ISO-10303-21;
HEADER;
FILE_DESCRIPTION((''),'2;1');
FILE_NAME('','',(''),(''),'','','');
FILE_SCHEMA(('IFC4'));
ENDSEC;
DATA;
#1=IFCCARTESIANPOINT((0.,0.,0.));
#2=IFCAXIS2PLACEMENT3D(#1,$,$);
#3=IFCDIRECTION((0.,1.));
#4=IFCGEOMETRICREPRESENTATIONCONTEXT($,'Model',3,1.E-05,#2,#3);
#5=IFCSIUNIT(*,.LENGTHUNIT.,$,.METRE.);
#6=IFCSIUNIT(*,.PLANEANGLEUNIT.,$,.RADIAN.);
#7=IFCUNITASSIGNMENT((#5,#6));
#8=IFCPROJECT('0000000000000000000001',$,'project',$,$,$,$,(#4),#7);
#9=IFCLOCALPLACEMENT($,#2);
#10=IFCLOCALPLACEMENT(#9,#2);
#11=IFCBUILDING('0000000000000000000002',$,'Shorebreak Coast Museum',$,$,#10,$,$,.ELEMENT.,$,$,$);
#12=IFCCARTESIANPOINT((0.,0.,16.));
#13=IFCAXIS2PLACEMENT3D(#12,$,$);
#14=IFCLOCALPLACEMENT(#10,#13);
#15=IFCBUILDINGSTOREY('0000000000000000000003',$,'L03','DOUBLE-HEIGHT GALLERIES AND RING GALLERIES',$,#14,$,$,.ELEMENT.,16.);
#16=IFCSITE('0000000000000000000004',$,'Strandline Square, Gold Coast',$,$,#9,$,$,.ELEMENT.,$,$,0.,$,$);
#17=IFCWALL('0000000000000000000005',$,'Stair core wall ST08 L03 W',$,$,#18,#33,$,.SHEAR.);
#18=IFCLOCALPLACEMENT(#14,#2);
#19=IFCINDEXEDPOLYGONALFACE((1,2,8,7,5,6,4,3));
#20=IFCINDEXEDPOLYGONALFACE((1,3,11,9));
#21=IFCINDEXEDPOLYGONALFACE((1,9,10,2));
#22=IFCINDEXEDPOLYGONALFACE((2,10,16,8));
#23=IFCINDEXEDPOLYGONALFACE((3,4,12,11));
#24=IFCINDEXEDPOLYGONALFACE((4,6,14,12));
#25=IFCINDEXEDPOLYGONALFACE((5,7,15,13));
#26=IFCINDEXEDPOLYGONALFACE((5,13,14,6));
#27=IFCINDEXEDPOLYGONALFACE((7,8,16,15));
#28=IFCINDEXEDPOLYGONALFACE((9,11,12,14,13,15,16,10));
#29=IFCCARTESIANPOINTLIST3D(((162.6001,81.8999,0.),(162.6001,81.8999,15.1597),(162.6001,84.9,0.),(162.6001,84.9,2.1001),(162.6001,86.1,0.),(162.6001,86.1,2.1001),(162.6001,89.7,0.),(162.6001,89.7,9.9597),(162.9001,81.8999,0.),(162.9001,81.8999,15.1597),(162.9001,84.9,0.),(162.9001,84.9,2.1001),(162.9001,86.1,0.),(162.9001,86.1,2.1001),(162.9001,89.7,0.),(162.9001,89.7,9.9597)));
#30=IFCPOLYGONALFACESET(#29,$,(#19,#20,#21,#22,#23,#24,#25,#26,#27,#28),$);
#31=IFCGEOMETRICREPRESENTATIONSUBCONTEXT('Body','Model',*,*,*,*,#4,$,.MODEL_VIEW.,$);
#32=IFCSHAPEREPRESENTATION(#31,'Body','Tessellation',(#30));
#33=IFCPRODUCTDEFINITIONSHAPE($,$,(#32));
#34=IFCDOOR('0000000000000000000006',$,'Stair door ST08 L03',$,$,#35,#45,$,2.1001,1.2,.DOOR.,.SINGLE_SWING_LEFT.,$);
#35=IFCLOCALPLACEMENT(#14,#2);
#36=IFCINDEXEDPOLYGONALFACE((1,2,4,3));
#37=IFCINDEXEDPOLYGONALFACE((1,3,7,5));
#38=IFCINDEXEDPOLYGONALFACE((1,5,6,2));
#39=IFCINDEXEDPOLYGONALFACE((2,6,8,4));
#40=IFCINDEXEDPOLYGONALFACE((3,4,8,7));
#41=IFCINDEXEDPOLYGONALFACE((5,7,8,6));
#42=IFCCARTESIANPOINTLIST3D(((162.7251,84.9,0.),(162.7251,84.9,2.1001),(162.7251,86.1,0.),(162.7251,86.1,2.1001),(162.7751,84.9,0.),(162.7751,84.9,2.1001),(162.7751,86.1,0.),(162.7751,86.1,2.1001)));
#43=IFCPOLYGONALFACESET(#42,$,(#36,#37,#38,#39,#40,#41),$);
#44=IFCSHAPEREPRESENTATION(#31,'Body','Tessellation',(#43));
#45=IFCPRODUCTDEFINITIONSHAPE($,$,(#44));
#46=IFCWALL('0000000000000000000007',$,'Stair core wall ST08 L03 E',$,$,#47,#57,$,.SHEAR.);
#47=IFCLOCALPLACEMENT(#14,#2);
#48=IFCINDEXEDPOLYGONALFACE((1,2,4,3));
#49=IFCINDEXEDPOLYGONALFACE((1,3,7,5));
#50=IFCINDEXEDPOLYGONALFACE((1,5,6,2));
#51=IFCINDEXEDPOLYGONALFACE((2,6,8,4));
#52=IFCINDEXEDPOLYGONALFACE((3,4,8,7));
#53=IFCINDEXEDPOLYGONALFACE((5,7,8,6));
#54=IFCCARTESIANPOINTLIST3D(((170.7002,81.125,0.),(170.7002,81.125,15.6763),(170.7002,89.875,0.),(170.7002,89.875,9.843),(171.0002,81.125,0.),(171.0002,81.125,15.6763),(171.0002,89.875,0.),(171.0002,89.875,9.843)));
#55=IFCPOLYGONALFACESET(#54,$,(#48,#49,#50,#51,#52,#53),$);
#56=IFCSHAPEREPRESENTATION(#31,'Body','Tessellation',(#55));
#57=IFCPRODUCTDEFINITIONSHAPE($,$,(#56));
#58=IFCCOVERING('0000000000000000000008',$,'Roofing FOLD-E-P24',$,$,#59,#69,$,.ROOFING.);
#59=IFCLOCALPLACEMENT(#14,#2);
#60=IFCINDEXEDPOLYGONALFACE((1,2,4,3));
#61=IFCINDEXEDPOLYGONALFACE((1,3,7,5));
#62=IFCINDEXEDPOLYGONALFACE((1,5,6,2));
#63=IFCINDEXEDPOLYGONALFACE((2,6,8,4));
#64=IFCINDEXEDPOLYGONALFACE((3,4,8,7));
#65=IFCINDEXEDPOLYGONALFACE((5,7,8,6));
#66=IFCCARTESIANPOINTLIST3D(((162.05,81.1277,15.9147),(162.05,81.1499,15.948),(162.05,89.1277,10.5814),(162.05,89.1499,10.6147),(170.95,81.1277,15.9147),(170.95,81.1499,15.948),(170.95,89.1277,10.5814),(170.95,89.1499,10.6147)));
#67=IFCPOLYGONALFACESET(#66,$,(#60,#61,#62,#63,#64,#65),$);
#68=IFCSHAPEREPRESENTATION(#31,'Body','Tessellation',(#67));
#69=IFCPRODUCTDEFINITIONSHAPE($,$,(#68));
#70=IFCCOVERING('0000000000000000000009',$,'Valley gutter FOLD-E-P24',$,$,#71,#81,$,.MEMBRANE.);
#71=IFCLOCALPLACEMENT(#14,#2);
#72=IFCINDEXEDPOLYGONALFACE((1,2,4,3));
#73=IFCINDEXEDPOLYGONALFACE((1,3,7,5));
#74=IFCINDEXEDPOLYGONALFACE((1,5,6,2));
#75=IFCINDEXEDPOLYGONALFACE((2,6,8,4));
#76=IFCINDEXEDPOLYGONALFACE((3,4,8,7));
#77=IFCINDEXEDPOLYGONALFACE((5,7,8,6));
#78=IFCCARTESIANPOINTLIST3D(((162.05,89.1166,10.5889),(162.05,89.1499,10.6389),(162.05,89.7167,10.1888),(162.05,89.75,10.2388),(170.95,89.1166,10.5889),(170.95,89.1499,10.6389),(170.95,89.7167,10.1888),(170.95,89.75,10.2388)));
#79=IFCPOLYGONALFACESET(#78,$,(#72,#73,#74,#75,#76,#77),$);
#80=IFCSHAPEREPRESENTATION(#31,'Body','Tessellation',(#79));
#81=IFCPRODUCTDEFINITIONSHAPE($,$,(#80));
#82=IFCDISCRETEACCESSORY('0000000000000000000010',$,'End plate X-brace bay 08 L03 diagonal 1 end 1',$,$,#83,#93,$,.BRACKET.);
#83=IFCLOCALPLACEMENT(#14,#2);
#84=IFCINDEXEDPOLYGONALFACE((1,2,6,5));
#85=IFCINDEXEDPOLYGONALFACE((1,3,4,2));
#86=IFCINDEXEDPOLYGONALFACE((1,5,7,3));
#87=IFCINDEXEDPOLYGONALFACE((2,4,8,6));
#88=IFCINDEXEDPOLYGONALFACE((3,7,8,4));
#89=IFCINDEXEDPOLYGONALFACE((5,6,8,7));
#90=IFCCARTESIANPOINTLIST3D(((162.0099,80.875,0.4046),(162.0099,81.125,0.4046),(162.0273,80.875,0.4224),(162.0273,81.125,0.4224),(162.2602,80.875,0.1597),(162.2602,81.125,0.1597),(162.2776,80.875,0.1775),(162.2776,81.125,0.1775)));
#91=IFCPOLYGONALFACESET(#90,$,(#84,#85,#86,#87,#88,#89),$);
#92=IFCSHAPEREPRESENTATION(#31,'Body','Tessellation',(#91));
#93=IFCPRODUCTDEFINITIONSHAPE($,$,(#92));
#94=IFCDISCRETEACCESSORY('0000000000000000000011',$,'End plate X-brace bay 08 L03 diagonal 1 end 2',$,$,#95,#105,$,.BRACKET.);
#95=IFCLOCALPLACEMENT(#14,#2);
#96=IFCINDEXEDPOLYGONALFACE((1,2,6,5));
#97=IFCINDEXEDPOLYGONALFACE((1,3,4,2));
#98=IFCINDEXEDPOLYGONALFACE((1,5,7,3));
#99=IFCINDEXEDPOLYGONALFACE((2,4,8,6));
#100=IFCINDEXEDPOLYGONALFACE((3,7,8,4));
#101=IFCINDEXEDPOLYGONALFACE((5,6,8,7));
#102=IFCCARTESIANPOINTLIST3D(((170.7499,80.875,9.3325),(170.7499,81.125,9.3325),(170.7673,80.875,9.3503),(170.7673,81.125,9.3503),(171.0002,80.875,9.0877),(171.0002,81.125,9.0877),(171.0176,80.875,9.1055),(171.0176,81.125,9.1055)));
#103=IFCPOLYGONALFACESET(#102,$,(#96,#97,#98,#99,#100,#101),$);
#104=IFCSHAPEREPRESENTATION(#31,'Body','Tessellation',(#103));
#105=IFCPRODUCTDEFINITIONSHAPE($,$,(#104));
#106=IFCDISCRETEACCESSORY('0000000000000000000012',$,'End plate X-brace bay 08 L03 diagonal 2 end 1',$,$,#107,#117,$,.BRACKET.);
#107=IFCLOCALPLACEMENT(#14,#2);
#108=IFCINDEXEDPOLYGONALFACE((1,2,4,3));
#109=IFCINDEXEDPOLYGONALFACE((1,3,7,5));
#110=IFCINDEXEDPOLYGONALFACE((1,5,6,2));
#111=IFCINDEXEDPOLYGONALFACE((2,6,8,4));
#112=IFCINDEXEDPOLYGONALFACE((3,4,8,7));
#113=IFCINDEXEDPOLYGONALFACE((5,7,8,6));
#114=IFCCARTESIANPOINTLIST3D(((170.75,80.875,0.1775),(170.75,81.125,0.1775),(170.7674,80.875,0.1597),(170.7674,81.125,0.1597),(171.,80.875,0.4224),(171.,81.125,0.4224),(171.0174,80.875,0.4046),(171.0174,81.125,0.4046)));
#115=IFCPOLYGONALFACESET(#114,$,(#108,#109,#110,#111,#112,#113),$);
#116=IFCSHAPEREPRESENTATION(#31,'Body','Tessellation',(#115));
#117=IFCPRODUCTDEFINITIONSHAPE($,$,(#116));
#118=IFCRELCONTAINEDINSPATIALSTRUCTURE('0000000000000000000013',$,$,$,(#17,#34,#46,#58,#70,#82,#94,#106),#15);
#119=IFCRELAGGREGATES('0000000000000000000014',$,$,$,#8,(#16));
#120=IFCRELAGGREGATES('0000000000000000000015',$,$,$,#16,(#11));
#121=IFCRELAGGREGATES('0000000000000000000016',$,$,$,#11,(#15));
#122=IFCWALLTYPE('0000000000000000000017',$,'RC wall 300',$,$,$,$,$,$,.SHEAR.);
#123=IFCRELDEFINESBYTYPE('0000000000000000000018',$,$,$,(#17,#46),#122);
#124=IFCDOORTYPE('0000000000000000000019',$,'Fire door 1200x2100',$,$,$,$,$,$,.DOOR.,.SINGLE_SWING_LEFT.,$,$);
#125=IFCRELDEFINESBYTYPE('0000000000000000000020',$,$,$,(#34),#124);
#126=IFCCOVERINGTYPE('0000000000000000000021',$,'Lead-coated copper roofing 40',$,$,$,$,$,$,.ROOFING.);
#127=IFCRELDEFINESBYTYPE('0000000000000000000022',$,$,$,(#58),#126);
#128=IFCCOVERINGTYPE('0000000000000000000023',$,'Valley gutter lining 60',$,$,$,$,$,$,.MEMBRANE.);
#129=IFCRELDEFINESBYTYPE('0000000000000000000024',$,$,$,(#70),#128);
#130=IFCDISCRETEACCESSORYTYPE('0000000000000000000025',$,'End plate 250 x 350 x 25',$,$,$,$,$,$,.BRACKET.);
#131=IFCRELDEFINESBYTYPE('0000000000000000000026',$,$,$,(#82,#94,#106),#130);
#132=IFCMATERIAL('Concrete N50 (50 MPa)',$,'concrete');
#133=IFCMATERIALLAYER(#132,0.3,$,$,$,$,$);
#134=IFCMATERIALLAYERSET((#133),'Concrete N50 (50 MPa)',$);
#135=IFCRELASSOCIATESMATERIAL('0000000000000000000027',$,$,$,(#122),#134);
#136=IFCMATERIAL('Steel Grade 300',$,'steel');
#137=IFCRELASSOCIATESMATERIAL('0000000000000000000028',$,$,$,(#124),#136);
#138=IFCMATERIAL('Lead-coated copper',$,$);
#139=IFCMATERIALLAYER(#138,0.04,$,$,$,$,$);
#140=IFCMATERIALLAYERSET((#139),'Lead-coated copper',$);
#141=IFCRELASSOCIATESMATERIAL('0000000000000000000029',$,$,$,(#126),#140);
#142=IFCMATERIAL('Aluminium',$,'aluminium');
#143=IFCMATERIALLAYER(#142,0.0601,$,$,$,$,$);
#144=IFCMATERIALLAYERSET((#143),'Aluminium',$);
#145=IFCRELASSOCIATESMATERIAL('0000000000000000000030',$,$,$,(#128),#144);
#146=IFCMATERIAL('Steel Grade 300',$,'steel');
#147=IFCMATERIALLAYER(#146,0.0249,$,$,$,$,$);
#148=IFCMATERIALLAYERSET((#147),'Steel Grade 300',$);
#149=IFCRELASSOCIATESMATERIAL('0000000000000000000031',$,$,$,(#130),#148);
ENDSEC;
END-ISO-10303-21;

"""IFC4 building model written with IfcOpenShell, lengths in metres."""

from ifc_helpers import new_model, si_unit, direction, frame, frame_2d, origin, place, context, subcontext, project, spatial, polyline, rectangle, outline, extrude, material, layer, layer_set, type_object, element, fill, save


model = new_model("IFC4")

# Units and contexts
model_context = context("Model", 3, precision=1e-05, world=origin(), true_north=direction((0.0, 1.0)))
body_context = subcontext(model_context, "Body", "Model", "MODEL_VIEW")
ifc_project = project(units=[si_unit("LENGTHUNIT", "METRE"), si_unit("PLANEANGLEUNIT", "RADIAN")], contexts=[model_context])

# Site, building, storey
site_placement = place(None, origin())
site = spatial("IfcSite", under=ifc_project, at=site_placement, Name="Strandline Square, Gold Coast", CompositionType="ELEMENT", RefElevation=0.0)
building_placement = place(site_placement, origin())
building = spatial("IfcBuilding", under=site, at=building_placement, Name="Shorebreak Coast Museum", CompositionType="ELEMENT")
storey_placement = place(building_placement, frame((0.0, 0.0, 16.0)))
storey = spatial("IfcBuildingStorey", under=building, at=storey_placement, Name="L03", Description="DOUBLE-HEIGHT GALLERIES AND RING GALLERIES", CompositionType="ELEMENT", Elevation=16.0)

# Shared definitions
ifc_material_1 = material(Name="Concrete N50 (50 MPa)", Category="concrete")
ifc_layer_1 = layer(ifc_material_1, 0.3)
ifc_layer_set_1 = layer_set([ifc_layer_1], Name="Concrete N50 (50 MPa)")
wall_type_1 = type_object("IfcWallType", Name="RC wall 300", PredefinedType="SHEAR", material=ifc_layer_set_1)

# Wall, opening, door
wall_1_placement = place(storey_placement, frame((162.75, 81.8999, 0.0), z_axis=(0.0, 0.0, 1.0), x_axis=(0.0, 1.0, 0.0)))
wall_1 = element("IfcWall", 1, at=wall_1_placement, inside=storey, type_object=wall_type_1, Name="Stair core wall ST08 L03 W", PredefinedType="SHEAR", context=body_context, shape_type="SweptSolid", body=[
    extrude(outline(polyline([(0.0, 0.0), (7.8, 0.0), (7.8, 9.9597), (0.0, 15.1597), (0.0, 0.0)])), frame((0.0, 0.1499, 0.0), z_axis=(0.0, -1.0, 0.0), x_axis=(1.0, 0.0, 0.0)), (0.0, 0.0, 1.0), 0.3),
])
opening_placement = place(wall_1_placement, frame((3.0, 0.0, 0.0)))
opening = element("IfcOpeningElement", 2, at=opening_placement, cuts=wall_1, PredefinedType="OPENING", context=body_context, shape_type="SweptSolid", body=[
    extrude(rectangle(XDim=1.2, YDim=2.1001, at=frame_2d((0.6001, 1.05))), frame((0.0, 0.1599, 0.0), z_axis=(0.0, -1.0, 0.0), x_axis=(1.0, 0.0, 0.0)), (0.0, 0.0, 1.0), 0.3201),
])
ifc_material_2 = material(Name="Steel Grade 300", Category="steel")
door_type = type_object("IfcDoorType", Name="Fire door 1200x2100", OperationType="SINGLE_SWING_LEFT", PredefinedType="DOOR", material=ifc_material_2)
door_placement = place(opening_placement, origin())
door = element("IfcDoor", 3, at=door_placement, inside=storey, type_object=door_type, Name="Stair door ST08 L03", OperationType="SINGLE_SWING_LEFT", OverallHeight=2.1001, OverallWidth=1.2, PredefinedType="DOOR", context=body_context, shape_type="SweptSolid", body=[
    extrude(rectangle(XDim=1.2, YDim=2.1001, at=frame_2d((0.6001, 1.05))), frame((0.0, 0.0249, 0.0), z_axis=(0.0, -1.0, 0.0), x_axis=(1.0, 0.0, 0.0)), (0.0, 0.0, 1.0), 0.05),
])
fill(opening, door)

# Wall
wall_2_placement = place(storey_placement, frame((170.8501, 81.125, 0.0), z_axis=(0.0, 0.0, 1.0), x_axis=(0.0, 1.0, 0.0)))
element("IfcWall", 4, at=wall_2_placement, inside=storey, type_object=wall_type_1, Name="Stair core wall ST08 L03 E", PredefinedType="SHEAR", context=body_context, shape_type="SweptSolid", body=[
    extrude(outline(polyline([(0.0, 0.0), (8.75, 0.0), (8.75, 9.843), (0.0, 15.6763), (0.0, 0.0)])), frame((0.0, 0.1499, 0.0), z_axis=(0.0, -1.0, 0.0), x_axis=(1.0, 0.0, 0.0)), (0.0, 0.0, 1.0), 0.3),
])

# Coverings
ifc_material_3 = material(Name="Lead-coated copper")
ifc_layer_2 = layer(ifc_material_3, 0.04)
ifc_layer_set_2 = layer_set([ifc_layer_2], Name="Lead-coated copper")
covering_type_1 = type_object("IfcCoveringType", Name="Lead-coated copper roofing 40", PredefinedType="ROOFING", material=ifc_layer_set_2)
covering_1_placement = place(storey_placement, frame((162.05, 81.1499, 15.948), z_axis=(0.0, 0.554694, 0.832054), x_axis=(1.0, 0.0, 0.0)))
element("IfcCovering", 5, at=covering_1_placement, inside=storey, type_object=covering_type_1, Name="Roofing FOLD-E-P24", PredefinedType="ROOFING", context=body_context, shape_type="SweptSolid", body=[
    extrude(outline(polyline([(0.0, 0.0), (8.8999, 0.0), (8.8999, 9.6148), (0.0, 9.6148), (0.0, 0.0)])), origin(), (0.0, 0.0, -1.0), 0.04),
])
ifc_material_4 = material(Name="Aluminium", Category="aluminium")
ifc_layer_3 = layer(ifc_material_4, 0.0601)
ifc_layer_set_3 = layer_set([ifc_layer_3], Name="Aluminium")
covering_type_2 = type_object("IfcCoveringType", Name="Valley gutter lining 60", PredefinedType="MEMBRANE", material=ifc_layer_set_3)
covering_2_placement = place(storey_placement, frame((162.05, 89.1499, 10.6389), z_axis=(0.0, 0.554778, 0.831998), x_axis=(1.0, 0.0, 0.0)))
element("IfcCovering", 6, at=covering_2_placement, inside=storey, type_object=covering_type_2, Name="Valley gutter FOLD-E-P24", PredefinedType="MEMBRANE", context=body_context, shape_type="SweptSolid", body=[
    extrude(outline(polyline([(0.0, 0.0), (8.8999, 0.0), (8.8999, 0.7213), (0.0, 0.7213), (0.0, 0.0)])), origin(), (0.0, 0.0, -1.0), 0.0601),
])

# Discrete accessories
ifc_material_5 = material(Name="Steel Grade 300", Category="steel")
ifc_layer_4 = layer(ifc_material_5, 0.0249)
ifc_layer_set_4 = layer_set([ifc_layer_4], Name="Steel Grade 300")
discrete_accessory_type = type_object("IfcDiscreteAccessoryType", Name="End plate 250 x 350 x 25", PredefinedType="BRACKET", material=ifc_layer_set_4)
for number, where, z_axis, x_axis, name in (
    (7, (162.2776, 80.875, 0.1775), (0.699395, 0.0, 0.714736), (0.0, 1.0, 0.0), "End plate X-brace bay 08 L03 diagonal 1 end 1"),
    (8, (171.0176, 80.875, 9.1055), (0.699395, 0.0, 0.714736), (0.0, 1.0, 0.0), "End plate X-brace bay 08 L03 diagonal 1 end 2"),
):
    element("IfcDiscreteAccessory", number, at=place(storey_placement, frame(where, z_axis=z_axis, x_axis=x_axis)), inside=storey, type_object=discrete_accessory_type, Name=name, PredefinedType="BRACKET", context=body_context, shape_type="SweptSolid", body=[
        extrude(outline(polyline([(0.0, 0.0), (0.25, 0.0), (0.25, 0.3501), (0.0, 0.3501), (0.0, 0.0)])), origin(), (0.0, 0.0, -1.0), 0.0249),
    ])
discrete_accessory_placement = place(storey_placement, frame((170.75, 81.125, 0.1775), z_axis=(-0.699744, 0.0, 0.714394), x_axis=(0.0, -1.0, 0.0)))
element("IfcDiscreteAccessory", 9, at=discrete_accessory_placement, inside=storey, type_object=discrete_accessory_type, Name="End plate X-brace bay 08 L03 diagonal 2 end 1", PredefinedType="BRACKET", context=body_context, shape_type="SweptSolid", body=[
    extrude(outline(polyline([(0.0, 0.0), (0.25, 0.0), (0.25, 0.3499), (0.0, 0.3499), (0.0, 0.0)])), origin(), (0.0, 0.0, -1.0), 0.0249),
])

save(model, "model.ifc")
